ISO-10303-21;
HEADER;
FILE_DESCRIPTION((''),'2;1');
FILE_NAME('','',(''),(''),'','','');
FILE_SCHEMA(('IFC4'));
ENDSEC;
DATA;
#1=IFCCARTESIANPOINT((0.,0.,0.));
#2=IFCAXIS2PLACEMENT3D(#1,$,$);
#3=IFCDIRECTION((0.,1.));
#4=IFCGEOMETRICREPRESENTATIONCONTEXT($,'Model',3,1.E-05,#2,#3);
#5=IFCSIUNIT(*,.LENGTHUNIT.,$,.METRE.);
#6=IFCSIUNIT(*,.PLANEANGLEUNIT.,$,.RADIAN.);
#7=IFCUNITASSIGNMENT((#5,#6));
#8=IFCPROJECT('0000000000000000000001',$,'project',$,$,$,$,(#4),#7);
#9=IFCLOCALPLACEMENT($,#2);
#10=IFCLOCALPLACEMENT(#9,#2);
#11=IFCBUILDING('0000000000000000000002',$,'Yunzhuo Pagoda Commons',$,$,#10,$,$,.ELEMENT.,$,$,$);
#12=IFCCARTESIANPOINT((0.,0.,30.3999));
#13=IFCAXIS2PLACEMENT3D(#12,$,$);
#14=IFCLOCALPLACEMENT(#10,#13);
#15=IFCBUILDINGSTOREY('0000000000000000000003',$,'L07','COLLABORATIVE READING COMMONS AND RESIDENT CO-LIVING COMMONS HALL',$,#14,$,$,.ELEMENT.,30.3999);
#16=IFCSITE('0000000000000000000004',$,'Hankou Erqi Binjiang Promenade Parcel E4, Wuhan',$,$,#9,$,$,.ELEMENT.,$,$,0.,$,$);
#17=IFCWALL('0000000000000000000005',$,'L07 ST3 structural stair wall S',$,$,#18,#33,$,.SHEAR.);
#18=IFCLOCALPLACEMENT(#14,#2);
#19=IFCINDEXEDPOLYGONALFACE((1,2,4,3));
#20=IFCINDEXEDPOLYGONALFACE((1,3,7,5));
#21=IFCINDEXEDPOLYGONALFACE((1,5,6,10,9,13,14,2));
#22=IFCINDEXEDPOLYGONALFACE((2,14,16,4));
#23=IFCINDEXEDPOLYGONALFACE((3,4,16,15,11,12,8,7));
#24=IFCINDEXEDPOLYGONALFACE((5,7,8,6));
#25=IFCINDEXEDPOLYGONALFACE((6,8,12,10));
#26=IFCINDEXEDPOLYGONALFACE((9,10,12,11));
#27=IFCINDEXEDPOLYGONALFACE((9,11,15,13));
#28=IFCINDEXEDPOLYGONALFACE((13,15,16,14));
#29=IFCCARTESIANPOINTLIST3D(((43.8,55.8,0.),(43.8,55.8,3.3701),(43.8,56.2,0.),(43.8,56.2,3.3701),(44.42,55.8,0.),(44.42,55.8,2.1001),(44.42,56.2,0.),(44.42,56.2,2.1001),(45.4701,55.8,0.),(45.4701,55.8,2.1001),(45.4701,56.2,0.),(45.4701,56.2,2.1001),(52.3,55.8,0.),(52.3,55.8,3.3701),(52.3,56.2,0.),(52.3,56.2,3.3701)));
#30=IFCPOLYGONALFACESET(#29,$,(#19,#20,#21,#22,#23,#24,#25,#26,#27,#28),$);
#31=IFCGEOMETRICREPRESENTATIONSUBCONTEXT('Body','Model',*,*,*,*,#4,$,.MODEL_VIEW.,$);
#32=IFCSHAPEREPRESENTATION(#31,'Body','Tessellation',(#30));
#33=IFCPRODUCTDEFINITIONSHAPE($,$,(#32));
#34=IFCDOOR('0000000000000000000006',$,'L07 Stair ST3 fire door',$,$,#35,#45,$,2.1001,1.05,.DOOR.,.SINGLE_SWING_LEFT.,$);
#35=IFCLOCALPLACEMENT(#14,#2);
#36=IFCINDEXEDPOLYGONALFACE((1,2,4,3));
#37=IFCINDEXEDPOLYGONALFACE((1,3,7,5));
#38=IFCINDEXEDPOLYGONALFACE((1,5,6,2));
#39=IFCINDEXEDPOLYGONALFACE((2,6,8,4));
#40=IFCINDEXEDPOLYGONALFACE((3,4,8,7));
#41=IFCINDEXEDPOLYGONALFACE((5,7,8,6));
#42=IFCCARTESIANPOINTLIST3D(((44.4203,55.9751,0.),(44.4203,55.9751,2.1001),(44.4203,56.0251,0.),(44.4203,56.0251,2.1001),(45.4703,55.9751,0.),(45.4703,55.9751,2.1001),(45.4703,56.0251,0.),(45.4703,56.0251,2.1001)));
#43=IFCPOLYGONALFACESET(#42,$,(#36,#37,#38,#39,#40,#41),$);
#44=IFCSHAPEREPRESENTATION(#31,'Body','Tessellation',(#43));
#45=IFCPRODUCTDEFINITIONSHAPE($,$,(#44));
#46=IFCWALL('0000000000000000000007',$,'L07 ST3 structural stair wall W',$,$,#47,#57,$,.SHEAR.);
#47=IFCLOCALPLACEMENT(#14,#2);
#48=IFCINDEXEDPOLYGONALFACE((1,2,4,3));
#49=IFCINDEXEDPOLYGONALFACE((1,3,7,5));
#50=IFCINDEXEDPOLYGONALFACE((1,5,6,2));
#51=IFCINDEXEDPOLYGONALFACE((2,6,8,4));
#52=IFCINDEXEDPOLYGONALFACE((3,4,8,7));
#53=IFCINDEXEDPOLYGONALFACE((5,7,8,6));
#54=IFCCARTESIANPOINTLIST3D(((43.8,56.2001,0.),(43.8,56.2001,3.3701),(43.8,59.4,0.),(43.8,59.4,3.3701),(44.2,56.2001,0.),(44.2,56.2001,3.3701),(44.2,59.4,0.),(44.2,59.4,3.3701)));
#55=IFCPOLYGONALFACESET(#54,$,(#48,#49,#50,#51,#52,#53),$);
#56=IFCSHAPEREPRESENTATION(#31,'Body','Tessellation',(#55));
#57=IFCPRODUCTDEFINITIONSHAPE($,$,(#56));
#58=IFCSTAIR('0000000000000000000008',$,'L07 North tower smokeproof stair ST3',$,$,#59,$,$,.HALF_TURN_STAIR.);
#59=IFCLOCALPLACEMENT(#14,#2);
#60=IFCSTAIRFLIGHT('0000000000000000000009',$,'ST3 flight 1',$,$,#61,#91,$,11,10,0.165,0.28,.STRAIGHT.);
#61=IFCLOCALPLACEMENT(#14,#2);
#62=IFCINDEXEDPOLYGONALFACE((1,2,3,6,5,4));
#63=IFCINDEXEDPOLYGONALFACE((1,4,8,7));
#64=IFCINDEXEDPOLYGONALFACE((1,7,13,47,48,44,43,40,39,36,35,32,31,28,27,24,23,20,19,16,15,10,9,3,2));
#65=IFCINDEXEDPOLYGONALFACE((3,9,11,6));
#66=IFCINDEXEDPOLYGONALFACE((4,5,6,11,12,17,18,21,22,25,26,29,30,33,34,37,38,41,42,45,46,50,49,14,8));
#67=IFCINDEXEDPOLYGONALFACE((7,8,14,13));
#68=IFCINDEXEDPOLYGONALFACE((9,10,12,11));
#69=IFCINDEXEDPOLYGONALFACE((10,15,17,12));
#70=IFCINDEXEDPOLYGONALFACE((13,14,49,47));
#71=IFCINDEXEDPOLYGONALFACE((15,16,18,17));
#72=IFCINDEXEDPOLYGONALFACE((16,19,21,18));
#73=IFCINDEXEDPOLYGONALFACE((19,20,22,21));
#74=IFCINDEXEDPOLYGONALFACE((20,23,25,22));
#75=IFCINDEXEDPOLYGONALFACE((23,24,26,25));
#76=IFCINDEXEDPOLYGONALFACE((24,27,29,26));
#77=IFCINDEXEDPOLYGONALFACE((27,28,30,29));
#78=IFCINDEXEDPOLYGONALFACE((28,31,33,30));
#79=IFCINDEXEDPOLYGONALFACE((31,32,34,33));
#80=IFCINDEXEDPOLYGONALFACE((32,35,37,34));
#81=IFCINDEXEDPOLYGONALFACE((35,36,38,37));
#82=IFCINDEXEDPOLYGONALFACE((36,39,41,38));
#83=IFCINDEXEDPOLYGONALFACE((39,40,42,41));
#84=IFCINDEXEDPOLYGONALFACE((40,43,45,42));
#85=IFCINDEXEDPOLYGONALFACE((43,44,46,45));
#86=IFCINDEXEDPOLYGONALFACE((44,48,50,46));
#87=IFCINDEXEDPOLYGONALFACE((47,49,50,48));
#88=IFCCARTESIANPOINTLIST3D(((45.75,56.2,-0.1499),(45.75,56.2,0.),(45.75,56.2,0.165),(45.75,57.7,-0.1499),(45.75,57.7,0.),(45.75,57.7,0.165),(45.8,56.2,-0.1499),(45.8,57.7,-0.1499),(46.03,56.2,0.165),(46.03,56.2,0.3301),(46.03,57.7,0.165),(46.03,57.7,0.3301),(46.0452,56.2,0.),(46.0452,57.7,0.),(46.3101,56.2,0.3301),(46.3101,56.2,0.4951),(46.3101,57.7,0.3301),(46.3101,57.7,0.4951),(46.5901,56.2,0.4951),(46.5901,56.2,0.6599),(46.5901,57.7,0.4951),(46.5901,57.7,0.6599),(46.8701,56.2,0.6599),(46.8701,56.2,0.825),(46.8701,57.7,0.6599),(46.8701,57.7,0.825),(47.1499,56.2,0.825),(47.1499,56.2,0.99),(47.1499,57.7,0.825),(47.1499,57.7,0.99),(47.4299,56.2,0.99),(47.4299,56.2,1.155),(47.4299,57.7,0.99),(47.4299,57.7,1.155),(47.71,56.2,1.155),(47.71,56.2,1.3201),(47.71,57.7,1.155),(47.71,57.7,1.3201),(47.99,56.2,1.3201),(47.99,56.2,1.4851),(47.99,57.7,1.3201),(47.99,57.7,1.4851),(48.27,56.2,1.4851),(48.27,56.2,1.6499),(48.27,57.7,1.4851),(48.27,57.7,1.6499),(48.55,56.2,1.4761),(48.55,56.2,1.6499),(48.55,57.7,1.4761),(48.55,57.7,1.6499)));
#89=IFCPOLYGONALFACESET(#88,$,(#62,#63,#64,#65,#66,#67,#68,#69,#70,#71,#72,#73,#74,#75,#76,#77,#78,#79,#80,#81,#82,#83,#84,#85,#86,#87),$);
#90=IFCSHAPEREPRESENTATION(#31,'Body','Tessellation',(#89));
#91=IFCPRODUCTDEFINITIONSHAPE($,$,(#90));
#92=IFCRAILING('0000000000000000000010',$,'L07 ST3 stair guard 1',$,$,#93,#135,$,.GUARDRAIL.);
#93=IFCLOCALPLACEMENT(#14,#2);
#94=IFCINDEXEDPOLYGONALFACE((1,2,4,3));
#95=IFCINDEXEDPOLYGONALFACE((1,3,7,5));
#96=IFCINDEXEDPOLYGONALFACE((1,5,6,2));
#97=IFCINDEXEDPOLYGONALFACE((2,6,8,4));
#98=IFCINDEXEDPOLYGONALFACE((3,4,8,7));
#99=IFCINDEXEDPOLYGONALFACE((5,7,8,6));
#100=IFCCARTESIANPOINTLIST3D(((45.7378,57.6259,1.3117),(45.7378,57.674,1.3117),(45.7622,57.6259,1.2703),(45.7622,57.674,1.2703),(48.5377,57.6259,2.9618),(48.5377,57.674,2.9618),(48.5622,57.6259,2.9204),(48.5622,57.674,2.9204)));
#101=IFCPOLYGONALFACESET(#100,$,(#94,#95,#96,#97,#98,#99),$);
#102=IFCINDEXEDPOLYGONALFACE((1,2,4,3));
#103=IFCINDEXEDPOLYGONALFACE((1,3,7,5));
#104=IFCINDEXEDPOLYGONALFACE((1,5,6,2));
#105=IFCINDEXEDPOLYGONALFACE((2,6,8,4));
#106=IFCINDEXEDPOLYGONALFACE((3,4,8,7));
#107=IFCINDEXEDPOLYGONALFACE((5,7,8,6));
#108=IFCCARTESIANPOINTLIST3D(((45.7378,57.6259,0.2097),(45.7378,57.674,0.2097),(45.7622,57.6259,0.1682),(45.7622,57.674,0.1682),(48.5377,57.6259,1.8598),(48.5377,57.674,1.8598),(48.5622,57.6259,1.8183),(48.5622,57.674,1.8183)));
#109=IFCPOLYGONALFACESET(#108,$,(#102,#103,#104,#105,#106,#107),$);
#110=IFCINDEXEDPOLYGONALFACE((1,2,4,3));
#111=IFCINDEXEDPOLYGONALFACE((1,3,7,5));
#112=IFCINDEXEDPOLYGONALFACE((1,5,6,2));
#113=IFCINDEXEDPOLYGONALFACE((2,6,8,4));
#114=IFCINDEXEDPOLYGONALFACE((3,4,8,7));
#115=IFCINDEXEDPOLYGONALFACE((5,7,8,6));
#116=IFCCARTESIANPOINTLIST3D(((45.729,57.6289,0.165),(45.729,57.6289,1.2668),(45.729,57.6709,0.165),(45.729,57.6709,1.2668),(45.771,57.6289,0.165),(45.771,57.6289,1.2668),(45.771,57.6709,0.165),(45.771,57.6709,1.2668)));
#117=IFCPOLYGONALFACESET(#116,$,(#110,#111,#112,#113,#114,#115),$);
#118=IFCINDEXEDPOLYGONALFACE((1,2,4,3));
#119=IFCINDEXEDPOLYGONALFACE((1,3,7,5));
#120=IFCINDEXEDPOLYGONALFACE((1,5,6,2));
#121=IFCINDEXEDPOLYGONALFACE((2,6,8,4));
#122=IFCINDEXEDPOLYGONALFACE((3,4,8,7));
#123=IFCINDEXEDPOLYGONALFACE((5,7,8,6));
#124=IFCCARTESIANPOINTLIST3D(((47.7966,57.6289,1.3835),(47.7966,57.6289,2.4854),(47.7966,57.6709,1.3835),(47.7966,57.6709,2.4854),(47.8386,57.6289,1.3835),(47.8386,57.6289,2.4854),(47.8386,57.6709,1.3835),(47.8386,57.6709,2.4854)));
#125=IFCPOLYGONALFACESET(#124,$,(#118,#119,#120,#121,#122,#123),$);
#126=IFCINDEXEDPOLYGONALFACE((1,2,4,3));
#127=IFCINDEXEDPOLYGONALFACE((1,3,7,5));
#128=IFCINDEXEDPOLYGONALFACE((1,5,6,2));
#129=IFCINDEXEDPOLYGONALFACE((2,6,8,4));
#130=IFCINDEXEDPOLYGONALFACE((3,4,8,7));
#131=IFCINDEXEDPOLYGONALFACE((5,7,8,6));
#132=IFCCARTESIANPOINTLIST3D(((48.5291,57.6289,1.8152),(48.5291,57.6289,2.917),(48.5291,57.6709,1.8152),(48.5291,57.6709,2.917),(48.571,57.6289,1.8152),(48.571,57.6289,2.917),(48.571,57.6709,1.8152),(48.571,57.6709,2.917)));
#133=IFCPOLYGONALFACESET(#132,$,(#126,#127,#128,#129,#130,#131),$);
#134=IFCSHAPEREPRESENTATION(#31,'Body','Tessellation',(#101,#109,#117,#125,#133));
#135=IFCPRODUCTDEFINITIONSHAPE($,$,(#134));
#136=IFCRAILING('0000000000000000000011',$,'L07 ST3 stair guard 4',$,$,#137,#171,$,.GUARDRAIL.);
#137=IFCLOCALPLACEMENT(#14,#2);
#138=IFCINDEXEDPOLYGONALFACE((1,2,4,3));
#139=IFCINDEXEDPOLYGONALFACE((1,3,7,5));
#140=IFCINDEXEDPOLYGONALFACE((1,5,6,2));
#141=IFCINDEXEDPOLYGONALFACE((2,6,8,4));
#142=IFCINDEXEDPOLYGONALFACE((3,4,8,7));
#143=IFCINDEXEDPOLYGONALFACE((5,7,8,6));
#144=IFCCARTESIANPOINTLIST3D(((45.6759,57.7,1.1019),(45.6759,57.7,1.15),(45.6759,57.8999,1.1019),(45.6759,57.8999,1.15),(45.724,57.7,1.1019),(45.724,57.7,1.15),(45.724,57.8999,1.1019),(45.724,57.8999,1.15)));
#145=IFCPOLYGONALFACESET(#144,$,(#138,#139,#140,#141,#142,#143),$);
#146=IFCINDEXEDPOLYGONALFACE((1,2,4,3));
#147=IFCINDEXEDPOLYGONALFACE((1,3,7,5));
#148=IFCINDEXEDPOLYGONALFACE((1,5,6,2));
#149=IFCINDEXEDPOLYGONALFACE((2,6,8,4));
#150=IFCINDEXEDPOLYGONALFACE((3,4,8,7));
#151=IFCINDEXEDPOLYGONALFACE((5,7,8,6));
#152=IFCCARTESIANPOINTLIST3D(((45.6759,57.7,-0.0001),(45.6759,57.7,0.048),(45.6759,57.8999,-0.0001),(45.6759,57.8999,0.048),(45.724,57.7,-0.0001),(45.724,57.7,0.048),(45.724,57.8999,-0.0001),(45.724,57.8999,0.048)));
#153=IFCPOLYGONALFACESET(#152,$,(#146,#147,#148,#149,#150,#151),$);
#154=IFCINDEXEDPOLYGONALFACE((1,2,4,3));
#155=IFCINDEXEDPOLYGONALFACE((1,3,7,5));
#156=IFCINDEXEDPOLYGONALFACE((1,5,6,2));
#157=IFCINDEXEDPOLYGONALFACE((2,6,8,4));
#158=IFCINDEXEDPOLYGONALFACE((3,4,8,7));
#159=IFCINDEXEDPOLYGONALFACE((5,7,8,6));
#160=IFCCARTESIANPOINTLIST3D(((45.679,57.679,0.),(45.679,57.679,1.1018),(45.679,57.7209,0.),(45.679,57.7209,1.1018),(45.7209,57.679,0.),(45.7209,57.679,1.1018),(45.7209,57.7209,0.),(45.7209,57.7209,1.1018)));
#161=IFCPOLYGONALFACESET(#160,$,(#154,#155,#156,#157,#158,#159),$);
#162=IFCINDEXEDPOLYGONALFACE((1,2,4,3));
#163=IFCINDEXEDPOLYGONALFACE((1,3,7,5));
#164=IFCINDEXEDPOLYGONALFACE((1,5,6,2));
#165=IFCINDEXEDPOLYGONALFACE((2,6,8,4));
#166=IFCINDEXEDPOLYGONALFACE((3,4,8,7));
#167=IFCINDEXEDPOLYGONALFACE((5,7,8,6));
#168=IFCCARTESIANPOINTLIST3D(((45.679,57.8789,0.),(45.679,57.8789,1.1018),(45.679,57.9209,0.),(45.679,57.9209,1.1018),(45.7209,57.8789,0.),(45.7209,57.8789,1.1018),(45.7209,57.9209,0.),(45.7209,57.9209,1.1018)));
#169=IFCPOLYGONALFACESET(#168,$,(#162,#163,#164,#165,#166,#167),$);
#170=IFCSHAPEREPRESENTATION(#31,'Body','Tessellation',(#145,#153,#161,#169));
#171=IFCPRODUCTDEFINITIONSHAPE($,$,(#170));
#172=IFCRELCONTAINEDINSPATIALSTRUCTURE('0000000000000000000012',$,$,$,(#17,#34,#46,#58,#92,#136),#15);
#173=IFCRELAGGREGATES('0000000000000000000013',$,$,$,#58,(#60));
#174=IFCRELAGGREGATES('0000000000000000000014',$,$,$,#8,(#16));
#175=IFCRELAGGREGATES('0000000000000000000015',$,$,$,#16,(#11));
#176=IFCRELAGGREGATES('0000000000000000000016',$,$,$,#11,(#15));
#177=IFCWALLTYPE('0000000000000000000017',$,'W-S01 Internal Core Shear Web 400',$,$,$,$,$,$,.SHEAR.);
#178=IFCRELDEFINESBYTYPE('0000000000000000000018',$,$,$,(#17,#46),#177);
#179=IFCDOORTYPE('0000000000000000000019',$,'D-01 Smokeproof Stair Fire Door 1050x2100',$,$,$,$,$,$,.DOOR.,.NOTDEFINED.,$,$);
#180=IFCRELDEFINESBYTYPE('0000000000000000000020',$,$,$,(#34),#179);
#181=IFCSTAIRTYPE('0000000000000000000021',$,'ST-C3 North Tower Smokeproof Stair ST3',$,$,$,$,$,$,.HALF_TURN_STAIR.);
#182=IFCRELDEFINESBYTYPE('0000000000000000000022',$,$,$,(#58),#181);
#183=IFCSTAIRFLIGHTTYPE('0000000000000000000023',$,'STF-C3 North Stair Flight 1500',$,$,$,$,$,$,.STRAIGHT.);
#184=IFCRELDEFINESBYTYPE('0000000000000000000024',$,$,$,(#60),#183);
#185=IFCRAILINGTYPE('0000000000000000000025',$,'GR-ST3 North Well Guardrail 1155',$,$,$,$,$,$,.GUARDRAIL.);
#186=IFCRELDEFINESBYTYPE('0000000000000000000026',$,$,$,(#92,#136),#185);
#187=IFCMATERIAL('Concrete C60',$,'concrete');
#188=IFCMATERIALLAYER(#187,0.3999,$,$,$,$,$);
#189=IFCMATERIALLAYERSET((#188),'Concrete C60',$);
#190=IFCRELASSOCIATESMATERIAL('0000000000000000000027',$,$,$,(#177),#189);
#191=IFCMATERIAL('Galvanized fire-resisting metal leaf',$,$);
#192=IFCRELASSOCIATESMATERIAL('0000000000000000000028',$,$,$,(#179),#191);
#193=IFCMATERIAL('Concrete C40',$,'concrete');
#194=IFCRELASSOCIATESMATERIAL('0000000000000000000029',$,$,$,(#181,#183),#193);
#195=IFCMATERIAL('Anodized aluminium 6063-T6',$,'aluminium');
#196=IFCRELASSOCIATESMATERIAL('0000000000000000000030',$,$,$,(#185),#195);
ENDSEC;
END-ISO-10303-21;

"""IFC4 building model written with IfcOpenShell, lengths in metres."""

from ifc_helpers import new_model, si_unit, direction, frame, frame_2d, origin, origin_2d, place, context, subcontext, project, spatial, polyline, rectangle, outline, extrude, source, transform, mapped, material, layer, layer_set, type_object, element, fill, aggregate, save


model = new_model("IFC4")

# Units and contexts
model_context = context("Model", 3, precision=1e-05, world=origin(), true_north=direction((0.0, 1.0)))
body_context = subcontext(model_context, "Body", "Model", "MODEL_VIEW")
ifc_project = project(units=[si_unit("LENGTHUNIT", "METRE"), si_unit("PLANEANGLEUNIT", "RADIAN")], contexts=[model_context])

# Site, building, storey
site_placement = place(None, origin())
site = spatial("IfcSite", under=ifc_project, at=site_placement, Name="Hankou Erqi Binjiang Promenade Parcel E4, Wuhan", CompositionType="ELEMENT", RefElevation=0.0)
building_placement = place(site_placement, origin())
building = spatial("IfcBuilding", under=site, at=building_placement, Name="Yunzhuo Pagoda Commons", CompositionType="ELEMENT")
storey_placement = place(building_placement, frame((0.0, 0.0, 30.3999)))
storey = spatial("IfcBuildingStorey", under=building, at=storey_placement, Name="L07", Description="COLLABORATIVE READING COMMONS AND RESIDENT CO-LIVING COMMONS HALL", CompositionType="ELEMENT", Elevation=30.3999)

# Shared definitions
ifc_material_1 = material(Name="Anodized aluminium 6063-T6", Category="aluminium")

# Shared definitions
ifc_material_2 = material(Name="Concrete C60", Category="concrete")
ifc_layer_1 = layer(ifc_material_2, 0.3999)
ifc_layer_set_1 = layer_set([ifc_layer_1], Name="Concrete C60")
wall_type = type_object("IfcWallType", Name="W-S01 Internal Core Shear Web 400", PredefinedType="SHEAR", material=ifc_layer_set_1)

# Wall, opening, door
wall_1_placement = place(storey_placement, frame((43.8, 56.0, 0.0), z_axis=(0.0, 0.0, 1.0), x_axis=(1.0, 0.0, 0.0)))
wall_1 = element("IfcWall", 1, at=wall_1_placement, inside=storey, type_object=wall_type, Name="L07 ST3 structural stair wall S", PredefinedType="SHEAR", context=body_context, shape_type="SweptSolid", body=[
    extrude(rectangle(XDim=8.5, YDim=0.3999, at=frame_2d((4.25, 0.0))), origin(), (0.0, 0.0, 1.0), 3.3701),
])
opening_placement = place(wall_1_placement, frame((0.6201, 0.0, 0.0)))
opening = element("IfcOpeningElement", 2, at=opening_placement, cuts=wall_1, PredefinedType="OPENING", context=body_context, shape_type="SweptSolid", body=[
    extrude(rectangle(XDim=1.05, YDim=2.1001, at=frame_2d((0.5249, 1.05))), frame((0.0, 0.21, 0.0), z_axis=(0.0, -1.0, 0.0), x_axis=(1.0, 0.0, 0.0)), (0.0, 0.0, 1.0), 0.4199),
])
ifc_material_3 = material(Name="Galvanized fire-resisting metal leaf")
door_type = type_object("IfcDoorType", Name="D-01 Smokeproof Stair Fire Door 1050x2100", OperationType="NOTDEFINED", PredefinedType="DOOR", material=ifc_material_3)
shared_shape_1 = source(origin(), body_context, "Body", "SweptSolid", [
    extrude(rectangle(XDim=1.05, YDim=2.1001, at=frame_2d((0.5249, 1.05))), frame((0.0, 0.0249, 0.0), z_axis=(0.0, -1.0, 0.0), x_axis=(1.0, 0.0, 0.0)), (0.0, 0.0, 1.0), 0.05),
])
door_placement = place(opening_placement, frame((1.05, 0.0, 0.0), z_axis=(0.0, 0.0, 1.0), x_axis=(-1.0, 0.0, 0.0)))
door = element("IfcDoor", 3, at=door_placement, inside=storey, type_object=door_type, Name="L07 Stair ST3 fire door", OperationType="SINGLE_SWING_LEFT", OverallHeight=2.1001, OverallWidth=1.05, PredefinedType="DOOR", context=body_context, shape_type="MappedRepresentation", body=[
    mapped(shared_shape_1, transform((0.0, 0.0, 0.0), scale=1.0)),
])
fill(opening, door)

# Wall
wall_2_placement = place(storey_placement, frame((44.0, 56.2, 0.0), z_axis=(0.0, 0.0, 1.0), x_axis=(0.0, 1.0, 0.0)))
element("IfcWall", 4, at=wall_2_placement, inside=storey, type_object=wall_type, Name="L07 ST3 structural stair wall W", PredefinedType="SHEAR", context=body_context, shape_type="SweptSolid", body=[
    extrude(rectangle(XDim=3.2, YDim=0.3999, at=frame_2d((1.6001, 0.0))), origin(), (0.0, 0.0, 1.0), 3.3701),
])

# Stair, stair flight
ifc_material_4 = material(Name="Concrete C40", Category="concrete")
stair_type = type_object("IfcStairType", Name="ST-C3 North Tower Smokeproof Stair ST3", PredefinedType="HALF_TURN_STAIR", material=ifc_material_4)
stair_placement = place(storey_placement, origin())
stair = element("IfcStair", 5, at=stair_placement, inside=storey, type_object=stair_type, Name="L07 North tower smokeproof stair ST3", PredefinedType="HALF_TURN_STAIR")
stair_flight_type = type_object("IfcStairFlightType", Name="STF-C3 North Stair Flight 1500", PredefinedType="STRAIGHT", material=ifc_material_4)
shared_shape_2 = source(origin(), body_context, "Body", "SweptSolid", [
    extrude(outline(polyline([(0.0, -0.1499), (0.0, 0.0), (0.0, 0.165), (0.28, 0.165), (0.28, 0.3301), (0.5601, 0.3301), (0.5601, 0.4951), (0.8401, 0.4951), (0.8401, 0.6599), (1.1201, 0.6599), (1.1201, 0.825), (1.3999, 0.825), (1.3999, 0.99), (1.6799, 0.99), (1.6799, 1.155), (1.96, 1.155), (1.96, 1.3201), (2.24, 1.3201), (2.24, 1.4851), (2.52, 1.4851), (2.52, 1.6499), (2.8, 1.6499), (2.8, 1.8149), (2.8, 1.4761), (0.2952, 0.0), (0.05, -0.1499), (0.0, -0.1499)])), frame((0.0, 0.75, 0.0), z_axis=(0.0, -1.0, 0.0), x_axis=(1.0, 0.0, 0.0)), (0.0, 0.0, 1.0), 1.5),
])
stair_flight_placement = place(storey_placement, frame((45.75, 56.95, 0.0), z_axis=(0.0, 0.0, 1.0), x_axis=(1.0, 0.0, 0.0)))
stair_flight = element("IfcStairFlight", 6, at=stair_flight_placement, type_object=stair_flight_type, Name="ST3 flight 1", NumberOfRisers=11, NumberOfTreads=10, PredefinedType="STRAIGHT", RiserHeight=0.165, TreadLength=0.28, context=body_context, shape_type="MappedRepresentation", body=[
    mapped(shared_shape_2, transform((0.0, 0.0, 0.0), scale=1.0)),
])
aggregate(stair, [stair_flight])

# Railings
railing_type = type_object("IfcRailingType", Name="GR-ST3 North Well Guardrail 1155", PredefinedType="GUARDRAIL", material=ifc_material_1)
railing_1_placement = place(storey_placement, frame((45.75, 57.6499, 0.165)))
element("IfcRailing", 7, at=railing_1_placement, inside=storey, type_object=railing_type, Name="L07 ST3 stair guard 1", PredefinedType="GUARDRAIL", context=body_context, shape_type="SweptSolid", body=[
    extrude(rectangle(XDim=0.0481, YDim=0.0481, at=origin_2d()), frame((0.0, 0.0, 1.126), z_axis=(0.861523, 0.0, 0.507719), x_axis=(0.0, 1.0, 0.0)), (0.0, 0.0, 1.0), 3.25),
    extrude(rectangle(XDim=0.0481, YDim=0.0481, at=origin_2d()), frame((0.0, 0.0, 0.0239), z_axis=(0.861523, 0.0, 0.507719), x_axis=(0.0, 1.0, 0.0)), (0.0, 0.0, 1.0), 3.25),
    extrude(rectangle(XDim=0.042, YDim=0.042, at=origin_2d()), origin(), (0.0, 0.0, 1.0), 1.1018),
    extrude(rectangle(XDim=0.042, YDim=0.042, at=origin_2d()), frame((2.0676, 0.0, 1.2185)), (0.0, 0.0, 1.0), 1.1018),
    extrude(rectangle(XDim=0.042, YDim=0.042, at=origin_2d()), frame((2.8, 0.0, 1.6501)), (0.0, 0.0, 1.0), 1.1018),
])
railing_2_placement = place(storey_placement, frame((45.7, 57.7, 0.0)))
element("IfcRailing", 8, at=railing_2_placement, inside=storey, type_object=railing_type, Name="L07 ST3 stair guard 4", PredefinedType="GUARDRAIL", context=body_context, shape_type="SweptSolid", body=[
    extrude(rectangle(XDim=0.0481, YDim=0.0481, at=origin_2d()), frame((0.0, 0.0, 1.126), z_axis=(0.0, 1.0, 0.0), x_axis=(-1.0, 0.0, 0.0)), (0.0, 0.0, 1.0), 0.2),
    extrude(rectangle(XDim=0.0481, YDim=0.0481, at=origin_2d()), frame((0.0, 0.0, 0.0239), z_axis=(0.0, 1.0, 0.0), x_axis=(-1.0, 0.0, 0.0)), (0.0, 0.0, 1.0), 0.2),
    extrude(rectangle(XDim=0.042, YDim=0.042, at=origin_2d()), origin(), (0.0, 0.0, 1.0), 1.1018),
    extrude(rectangle(XDim=0.042, YDim=0.042, at=origin_2d()), frame((0.0, 0.2, 0.0)), (0.0, 0.0, 1.0), 1.1018),
])

save(model, "model.ifc")
